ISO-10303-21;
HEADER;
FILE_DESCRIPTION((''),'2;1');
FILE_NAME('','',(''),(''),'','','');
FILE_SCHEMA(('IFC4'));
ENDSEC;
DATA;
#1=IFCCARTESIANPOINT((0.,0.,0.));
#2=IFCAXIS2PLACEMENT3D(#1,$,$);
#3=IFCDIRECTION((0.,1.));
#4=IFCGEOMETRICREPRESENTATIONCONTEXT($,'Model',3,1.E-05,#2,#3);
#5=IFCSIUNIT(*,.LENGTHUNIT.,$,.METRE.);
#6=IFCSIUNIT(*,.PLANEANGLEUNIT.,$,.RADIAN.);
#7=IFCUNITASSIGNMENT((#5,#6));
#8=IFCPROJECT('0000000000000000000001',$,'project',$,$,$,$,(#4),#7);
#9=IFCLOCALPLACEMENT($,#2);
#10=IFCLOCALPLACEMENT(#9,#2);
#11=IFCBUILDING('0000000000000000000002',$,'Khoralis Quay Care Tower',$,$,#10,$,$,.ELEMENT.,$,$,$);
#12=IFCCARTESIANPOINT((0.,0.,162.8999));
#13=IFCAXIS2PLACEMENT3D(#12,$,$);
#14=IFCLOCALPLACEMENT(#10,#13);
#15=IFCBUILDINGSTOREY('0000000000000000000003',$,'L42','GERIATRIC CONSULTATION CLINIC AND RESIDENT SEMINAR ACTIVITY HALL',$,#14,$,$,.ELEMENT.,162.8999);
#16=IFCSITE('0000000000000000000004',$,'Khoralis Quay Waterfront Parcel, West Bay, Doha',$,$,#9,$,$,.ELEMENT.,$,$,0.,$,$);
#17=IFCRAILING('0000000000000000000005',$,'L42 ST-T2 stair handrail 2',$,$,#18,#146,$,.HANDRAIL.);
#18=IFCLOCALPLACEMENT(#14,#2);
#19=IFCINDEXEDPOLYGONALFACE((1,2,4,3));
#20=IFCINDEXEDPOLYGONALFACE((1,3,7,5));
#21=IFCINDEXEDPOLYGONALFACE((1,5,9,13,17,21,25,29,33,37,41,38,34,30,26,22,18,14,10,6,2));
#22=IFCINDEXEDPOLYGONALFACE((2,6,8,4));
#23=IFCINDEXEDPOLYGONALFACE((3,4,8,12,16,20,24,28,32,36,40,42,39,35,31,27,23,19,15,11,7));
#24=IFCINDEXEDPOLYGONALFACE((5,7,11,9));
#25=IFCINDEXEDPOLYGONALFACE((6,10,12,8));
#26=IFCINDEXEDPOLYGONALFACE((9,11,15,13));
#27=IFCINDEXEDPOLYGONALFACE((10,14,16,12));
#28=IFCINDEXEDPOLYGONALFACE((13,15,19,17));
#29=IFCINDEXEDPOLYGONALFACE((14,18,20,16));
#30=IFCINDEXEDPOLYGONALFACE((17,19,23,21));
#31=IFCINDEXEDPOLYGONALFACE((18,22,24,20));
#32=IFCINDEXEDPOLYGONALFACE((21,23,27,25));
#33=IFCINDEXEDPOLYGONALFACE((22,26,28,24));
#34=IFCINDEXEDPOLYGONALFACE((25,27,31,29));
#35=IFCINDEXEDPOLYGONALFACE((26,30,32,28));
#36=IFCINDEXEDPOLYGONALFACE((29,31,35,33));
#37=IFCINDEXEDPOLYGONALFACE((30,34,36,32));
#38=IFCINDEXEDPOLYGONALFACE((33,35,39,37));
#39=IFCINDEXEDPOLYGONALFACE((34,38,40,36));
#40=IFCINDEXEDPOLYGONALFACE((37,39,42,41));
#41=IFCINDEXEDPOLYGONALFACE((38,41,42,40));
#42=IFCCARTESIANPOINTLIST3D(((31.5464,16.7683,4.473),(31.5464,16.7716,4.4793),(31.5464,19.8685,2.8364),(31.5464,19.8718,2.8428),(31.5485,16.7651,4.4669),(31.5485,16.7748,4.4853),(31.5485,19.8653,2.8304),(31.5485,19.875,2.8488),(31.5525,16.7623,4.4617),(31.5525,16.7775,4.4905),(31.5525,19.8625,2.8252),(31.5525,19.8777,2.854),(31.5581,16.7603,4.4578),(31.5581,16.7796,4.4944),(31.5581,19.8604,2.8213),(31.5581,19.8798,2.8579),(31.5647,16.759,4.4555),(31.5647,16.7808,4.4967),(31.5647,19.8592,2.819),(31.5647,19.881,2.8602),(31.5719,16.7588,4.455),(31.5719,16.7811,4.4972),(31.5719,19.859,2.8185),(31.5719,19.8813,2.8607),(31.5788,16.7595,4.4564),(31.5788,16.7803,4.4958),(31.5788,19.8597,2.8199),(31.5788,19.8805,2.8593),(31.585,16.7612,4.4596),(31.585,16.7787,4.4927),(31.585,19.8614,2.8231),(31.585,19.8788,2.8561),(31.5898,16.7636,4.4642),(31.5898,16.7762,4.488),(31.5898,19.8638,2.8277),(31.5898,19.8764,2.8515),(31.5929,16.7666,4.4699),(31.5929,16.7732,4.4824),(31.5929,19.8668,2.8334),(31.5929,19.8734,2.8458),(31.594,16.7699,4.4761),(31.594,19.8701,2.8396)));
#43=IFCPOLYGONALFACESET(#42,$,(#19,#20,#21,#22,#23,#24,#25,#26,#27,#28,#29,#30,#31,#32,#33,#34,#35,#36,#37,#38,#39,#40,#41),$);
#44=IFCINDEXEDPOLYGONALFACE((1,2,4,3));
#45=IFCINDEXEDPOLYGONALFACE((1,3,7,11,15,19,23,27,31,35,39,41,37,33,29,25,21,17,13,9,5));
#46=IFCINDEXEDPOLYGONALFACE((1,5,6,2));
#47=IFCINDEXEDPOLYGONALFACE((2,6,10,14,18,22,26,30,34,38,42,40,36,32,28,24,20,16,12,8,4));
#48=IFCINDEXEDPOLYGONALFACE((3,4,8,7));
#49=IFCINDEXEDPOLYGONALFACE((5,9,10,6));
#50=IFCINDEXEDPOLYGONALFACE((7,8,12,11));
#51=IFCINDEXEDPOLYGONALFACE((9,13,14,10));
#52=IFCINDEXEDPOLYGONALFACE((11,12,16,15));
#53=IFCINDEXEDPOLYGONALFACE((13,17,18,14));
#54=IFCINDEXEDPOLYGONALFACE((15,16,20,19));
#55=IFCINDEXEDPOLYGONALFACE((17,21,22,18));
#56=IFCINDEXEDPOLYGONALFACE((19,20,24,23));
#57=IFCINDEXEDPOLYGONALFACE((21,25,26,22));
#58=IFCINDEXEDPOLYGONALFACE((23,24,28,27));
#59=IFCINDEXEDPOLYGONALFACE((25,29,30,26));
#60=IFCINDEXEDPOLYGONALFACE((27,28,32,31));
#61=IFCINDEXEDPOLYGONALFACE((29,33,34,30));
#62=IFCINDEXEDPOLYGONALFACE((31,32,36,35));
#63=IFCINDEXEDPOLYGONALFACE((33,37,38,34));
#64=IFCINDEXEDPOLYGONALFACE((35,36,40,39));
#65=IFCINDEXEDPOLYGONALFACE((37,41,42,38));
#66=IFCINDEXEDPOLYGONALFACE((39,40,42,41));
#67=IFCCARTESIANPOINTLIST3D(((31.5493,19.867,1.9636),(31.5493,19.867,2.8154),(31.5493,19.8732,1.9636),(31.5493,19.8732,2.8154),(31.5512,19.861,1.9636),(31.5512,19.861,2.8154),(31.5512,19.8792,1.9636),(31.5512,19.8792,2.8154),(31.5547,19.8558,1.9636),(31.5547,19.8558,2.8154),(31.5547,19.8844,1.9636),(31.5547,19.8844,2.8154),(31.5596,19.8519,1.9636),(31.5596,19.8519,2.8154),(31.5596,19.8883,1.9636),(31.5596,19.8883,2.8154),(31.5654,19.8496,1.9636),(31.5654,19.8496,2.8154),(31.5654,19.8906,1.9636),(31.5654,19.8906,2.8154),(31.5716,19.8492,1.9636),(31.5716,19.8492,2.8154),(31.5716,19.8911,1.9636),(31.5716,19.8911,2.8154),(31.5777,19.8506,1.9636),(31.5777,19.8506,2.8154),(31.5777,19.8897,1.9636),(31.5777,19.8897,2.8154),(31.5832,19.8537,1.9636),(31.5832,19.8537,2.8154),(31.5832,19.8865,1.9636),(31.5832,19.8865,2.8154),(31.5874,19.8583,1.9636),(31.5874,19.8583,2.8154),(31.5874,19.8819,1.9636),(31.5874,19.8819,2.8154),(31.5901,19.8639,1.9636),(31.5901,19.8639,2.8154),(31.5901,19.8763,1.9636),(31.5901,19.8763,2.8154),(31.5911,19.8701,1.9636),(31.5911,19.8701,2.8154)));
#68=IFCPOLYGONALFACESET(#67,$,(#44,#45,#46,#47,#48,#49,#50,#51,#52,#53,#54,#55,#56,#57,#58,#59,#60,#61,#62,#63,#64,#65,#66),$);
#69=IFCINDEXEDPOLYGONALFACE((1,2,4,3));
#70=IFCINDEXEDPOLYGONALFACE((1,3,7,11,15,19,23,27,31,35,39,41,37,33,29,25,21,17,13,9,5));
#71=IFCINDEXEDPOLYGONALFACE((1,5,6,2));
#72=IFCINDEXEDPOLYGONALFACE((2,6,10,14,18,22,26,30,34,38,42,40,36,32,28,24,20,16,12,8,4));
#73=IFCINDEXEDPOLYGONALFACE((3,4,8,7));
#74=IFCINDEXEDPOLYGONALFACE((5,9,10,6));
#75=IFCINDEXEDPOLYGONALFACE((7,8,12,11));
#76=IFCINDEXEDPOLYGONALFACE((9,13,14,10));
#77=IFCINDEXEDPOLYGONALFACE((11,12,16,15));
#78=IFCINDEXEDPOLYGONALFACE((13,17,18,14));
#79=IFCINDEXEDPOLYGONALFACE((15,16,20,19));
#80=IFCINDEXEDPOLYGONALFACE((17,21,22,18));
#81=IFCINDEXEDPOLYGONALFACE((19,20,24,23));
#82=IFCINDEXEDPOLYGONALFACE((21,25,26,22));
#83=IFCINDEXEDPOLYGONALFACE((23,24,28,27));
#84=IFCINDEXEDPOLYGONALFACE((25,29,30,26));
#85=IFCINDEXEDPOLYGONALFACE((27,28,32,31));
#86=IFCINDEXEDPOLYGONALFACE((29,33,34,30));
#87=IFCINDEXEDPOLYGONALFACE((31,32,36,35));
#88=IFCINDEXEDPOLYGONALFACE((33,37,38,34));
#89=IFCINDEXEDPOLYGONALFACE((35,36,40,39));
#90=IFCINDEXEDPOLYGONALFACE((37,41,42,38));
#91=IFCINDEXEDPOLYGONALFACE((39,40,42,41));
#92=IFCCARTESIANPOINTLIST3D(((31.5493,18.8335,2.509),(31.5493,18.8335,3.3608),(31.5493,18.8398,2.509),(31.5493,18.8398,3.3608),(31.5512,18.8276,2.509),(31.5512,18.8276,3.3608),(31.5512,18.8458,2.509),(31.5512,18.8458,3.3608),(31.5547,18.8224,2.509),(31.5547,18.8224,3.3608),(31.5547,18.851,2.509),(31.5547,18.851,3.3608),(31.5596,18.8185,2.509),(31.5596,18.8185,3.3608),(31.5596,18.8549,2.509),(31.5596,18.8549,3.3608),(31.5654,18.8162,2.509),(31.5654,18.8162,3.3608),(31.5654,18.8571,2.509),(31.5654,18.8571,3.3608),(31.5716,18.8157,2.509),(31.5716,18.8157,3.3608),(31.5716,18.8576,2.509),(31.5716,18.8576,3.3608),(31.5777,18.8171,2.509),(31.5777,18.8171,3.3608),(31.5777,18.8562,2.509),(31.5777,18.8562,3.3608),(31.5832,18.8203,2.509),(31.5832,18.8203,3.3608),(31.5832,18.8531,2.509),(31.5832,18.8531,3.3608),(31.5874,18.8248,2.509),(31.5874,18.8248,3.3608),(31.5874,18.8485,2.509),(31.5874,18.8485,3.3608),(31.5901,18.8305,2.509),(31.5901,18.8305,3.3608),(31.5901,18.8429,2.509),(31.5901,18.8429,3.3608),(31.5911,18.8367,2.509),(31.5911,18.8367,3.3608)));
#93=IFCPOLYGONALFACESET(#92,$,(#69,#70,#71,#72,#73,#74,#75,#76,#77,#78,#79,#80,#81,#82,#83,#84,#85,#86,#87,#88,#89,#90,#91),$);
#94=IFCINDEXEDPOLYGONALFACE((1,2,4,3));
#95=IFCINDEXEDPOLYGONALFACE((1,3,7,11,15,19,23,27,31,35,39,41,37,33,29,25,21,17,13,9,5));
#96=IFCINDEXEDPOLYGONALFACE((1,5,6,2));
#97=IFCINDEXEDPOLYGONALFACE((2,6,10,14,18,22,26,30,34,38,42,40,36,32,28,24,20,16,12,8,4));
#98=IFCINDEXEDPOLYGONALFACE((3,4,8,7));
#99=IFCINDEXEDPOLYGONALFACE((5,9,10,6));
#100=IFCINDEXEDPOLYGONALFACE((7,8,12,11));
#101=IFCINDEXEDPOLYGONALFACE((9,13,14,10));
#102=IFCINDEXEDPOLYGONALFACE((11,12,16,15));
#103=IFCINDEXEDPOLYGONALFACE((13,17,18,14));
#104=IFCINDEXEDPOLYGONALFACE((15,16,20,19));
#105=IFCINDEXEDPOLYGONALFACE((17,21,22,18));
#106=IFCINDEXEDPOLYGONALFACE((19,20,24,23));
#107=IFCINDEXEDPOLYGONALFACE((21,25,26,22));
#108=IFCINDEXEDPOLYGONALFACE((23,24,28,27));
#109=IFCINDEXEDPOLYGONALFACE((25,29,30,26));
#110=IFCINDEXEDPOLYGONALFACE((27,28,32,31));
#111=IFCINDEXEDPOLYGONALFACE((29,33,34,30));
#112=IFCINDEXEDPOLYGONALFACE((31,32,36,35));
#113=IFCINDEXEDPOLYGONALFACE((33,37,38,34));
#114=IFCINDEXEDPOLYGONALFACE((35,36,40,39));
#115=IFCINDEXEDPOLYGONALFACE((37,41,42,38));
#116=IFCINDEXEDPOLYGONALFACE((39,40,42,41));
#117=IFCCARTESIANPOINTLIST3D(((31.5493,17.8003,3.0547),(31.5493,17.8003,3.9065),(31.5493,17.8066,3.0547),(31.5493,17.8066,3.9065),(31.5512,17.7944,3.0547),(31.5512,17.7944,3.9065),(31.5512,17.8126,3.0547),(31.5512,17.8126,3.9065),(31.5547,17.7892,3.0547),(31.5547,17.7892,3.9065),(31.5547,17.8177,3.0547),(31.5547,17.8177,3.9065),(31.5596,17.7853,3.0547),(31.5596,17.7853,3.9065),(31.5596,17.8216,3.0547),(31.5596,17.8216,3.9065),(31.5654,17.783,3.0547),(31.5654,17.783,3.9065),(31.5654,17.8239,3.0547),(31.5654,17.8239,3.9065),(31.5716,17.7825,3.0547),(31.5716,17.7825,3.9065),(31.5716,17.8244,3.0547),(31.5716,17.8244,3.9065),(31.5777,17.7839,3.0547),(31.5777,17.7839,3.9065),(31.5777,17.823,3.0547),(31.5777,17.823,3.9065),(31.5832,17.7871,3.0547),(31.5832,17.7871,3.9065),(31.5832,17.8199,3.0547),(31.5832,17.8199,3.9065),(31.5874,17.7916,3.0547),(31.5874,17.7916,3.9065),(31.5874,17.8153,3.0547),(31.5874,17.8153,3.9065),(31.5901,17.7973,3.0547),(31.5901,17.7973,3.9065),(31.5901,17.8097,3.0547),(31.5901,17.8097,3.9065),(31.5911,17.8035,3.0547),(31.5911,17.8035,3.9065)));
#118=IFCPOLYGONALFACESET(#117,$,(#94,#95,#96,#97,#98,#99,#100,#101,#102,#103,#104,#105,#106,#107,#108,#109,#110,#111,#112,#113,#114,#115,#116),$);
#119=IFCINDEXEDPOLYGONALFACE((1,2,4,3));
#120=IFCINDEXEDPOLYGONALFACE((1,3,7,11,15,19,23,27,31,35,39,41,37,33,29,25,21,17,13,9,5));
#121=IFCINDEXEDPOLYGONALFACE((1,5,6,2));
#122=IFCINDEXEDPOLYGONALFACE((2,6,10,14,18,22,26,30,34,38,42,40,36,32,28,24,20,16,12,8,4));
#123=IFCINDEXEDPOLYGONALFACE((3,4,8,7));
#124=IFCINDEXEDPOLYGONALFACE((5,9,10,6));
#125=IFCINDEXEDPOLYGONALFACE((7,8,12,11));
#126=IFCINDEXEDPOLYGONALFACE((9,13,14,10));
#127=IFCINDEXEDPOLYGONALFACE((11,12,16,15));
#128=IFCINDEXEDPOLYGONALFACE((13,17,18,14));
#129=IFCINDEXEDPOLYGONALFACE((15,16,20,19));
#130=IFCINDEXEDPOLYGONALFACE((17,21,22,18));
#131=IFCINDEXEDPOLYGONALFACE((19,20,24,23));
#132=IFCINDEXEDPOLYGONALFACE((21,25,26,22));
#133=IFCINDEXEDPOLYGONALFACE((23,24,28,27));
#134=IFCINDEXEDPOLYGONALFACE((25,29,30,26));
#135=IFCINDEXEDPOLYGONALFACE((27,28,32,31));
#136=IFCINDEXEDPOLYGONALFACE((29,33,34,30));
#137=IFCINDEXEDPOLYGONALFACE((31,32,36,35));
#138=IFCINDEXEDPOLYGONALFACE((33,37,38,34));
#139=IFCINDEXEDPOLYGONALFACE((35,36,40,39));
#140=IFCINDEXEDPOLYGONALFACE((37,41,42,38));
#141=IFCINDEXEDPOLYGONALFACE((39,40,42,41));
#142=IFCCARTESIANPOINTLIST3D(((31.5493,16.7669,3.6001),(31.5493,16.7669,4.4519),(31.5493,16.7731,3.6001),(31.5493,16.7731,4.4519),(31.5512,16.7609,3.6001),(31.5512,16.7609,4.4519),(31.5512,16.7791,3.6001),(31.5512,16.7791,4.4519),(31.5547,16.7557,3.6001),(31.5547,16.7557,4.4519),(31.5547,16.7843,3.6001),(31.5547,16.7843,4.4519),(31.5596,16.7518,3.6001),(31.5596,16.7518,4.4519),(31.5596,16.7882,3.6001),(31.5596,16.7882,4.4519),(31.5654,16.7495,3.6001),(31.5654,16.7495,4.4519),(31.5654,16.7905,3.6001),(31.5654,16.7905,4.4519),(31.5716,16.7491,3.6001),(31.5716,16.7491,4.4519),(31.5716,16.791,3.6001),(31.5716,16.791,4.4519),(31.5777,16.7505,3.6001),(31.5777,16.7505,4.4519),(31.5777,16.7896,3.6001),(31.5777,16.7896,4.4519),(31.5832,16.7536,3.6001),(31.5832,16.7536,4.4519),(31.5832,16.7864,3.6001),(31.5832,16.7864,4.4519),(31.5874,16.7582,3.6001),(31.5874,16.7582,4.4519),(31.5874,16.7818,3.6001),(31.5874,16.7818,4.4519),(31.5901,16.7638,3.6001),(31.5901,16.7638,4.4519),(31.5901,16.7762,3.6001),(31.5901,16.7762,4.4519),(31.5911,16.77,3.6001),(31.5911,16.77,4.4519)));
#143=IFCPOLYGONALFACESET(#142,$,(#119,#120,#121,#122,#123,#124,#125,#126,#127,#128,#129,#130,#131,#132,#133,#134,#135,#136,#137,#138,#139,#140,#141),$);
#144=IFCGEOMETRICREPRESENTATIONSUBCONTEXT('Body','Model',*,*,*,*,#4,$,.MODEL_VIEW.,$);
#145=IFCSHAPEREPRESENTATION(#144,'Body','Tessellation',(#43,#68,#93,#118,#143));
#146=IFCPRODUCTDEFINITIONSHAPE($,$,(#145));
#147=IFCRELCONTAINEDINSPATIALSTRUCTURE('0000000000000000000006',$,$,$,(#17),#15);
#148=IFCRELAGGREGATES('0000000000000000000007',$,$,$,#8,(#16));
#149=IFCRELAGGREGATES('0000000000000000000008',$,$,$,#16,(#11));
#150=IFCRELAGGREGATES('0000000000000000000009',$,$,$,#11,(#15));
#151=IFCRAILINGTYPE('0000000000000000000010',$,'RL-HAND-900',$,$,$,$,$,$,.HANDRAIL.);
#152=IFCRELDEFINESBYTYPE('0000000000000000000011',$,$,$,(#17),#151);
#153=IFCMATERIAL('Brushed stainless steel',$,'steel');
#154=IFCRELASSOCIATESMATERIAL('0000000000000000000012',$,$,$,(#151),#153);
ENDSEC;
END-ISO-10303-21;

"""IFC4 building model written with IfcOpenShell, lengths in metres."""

from ifc_helpers import new_model, si_unit, direction, frame, origin, origin_2d, place, context, subcontext, project, spatial, circle, extrude, material, type_object, element, save


model = new_model("IFC4")

# Units and contexts
model_context = context("Model", 3, precision=1e-05, world=origin(), true_north=direction((0.0, 1.0)))
body_context = subcontext(model_context, "Body", "Model", "MODEL_VIEW")
ifc_project = project(units=[si_unit("LENGTHUNIT", "METRE"), si_unit("PLANEANGLEUNIT", "RADIAN")], contexts=[model_context])

# Site, building, storey
site_placement = place(None, origin())
site = spatial("IfcSite", under=ifc_project, at=site_placement, Name="Khoralis Quay Waterfront Parcel, West Bay, Doha", CompositionType="ELEMENT", RefElevation=0.0)
building_placement = place(site_placement, origin())
building = spatial("IfcBuilding", under=site, at=building_placement, Name="Khoralis Quay Care Tower", CompositionType="ELEMENT")
storey_placement = place(building_placement, frame((0.0, 0.0, 162.8999)))
storey = spatial("IfcBuildingStorey", under=building, at=storey_placement, Name="L42", Description="GERIATRIC CONSULTATION CLINIC AND RESIDENT SEMINAR ACTIVITY HALL", CompositionType="ELEMENT", Elevation=162.8999)

# Railing
ifc_material_1 = material(Name="Brushed stainless steel", Category="steel")
railing_type_1 = type_object("IfcRailingType", Name="RL-HAND-900", PredefinedType="HANDRAIL", material=ifc_material_1)
railing_1_placement = place(storey_placement, frame((31.5701, 19.8701, 1.9636)))
element("IfcRailing", 1, at=railing_1_placement, inside=storey, type_object=railing_type_1, Name="L42 ST-T2 stair handrail 2", PredefinedType="HANDRAIL", context=body_context, shape_type="SweptSolid", body=[
    extrude(circle(Radius=0.0239, at=origin_2d()), frame((0.0, 0.0, 0.876), z_axis=(0.0, -0.884348, 0.466828), x_axis=(1.0, 0.0, 0.0)), (0.0, 0.0, 1.0), 3.5056),
    extrude(circle(Radius=0.021, at=origin_2d()), origin(), (0.0, 0.0, 1.0), 0.8518),
    extrude(circle(Radius=0.021, at=origin_2d()), frame((0.0, -1.0334, 0.5454)), (0.0, 0.0, 1.0), 0.8518),
    extrude(circle(Radius=0.021, at=origin_2d()), frame((0.0, -2.0667, 1.0911)), (0.0, 0.0, 1.0), 0.8518),
    extrude(circle(Radius=0.021, at=origin_2d()), frame((0.0, -3.1001, 1.6365)), (0.0, 0.0, 1.0), 0.8518),
])

save(model, "model.ifc")
